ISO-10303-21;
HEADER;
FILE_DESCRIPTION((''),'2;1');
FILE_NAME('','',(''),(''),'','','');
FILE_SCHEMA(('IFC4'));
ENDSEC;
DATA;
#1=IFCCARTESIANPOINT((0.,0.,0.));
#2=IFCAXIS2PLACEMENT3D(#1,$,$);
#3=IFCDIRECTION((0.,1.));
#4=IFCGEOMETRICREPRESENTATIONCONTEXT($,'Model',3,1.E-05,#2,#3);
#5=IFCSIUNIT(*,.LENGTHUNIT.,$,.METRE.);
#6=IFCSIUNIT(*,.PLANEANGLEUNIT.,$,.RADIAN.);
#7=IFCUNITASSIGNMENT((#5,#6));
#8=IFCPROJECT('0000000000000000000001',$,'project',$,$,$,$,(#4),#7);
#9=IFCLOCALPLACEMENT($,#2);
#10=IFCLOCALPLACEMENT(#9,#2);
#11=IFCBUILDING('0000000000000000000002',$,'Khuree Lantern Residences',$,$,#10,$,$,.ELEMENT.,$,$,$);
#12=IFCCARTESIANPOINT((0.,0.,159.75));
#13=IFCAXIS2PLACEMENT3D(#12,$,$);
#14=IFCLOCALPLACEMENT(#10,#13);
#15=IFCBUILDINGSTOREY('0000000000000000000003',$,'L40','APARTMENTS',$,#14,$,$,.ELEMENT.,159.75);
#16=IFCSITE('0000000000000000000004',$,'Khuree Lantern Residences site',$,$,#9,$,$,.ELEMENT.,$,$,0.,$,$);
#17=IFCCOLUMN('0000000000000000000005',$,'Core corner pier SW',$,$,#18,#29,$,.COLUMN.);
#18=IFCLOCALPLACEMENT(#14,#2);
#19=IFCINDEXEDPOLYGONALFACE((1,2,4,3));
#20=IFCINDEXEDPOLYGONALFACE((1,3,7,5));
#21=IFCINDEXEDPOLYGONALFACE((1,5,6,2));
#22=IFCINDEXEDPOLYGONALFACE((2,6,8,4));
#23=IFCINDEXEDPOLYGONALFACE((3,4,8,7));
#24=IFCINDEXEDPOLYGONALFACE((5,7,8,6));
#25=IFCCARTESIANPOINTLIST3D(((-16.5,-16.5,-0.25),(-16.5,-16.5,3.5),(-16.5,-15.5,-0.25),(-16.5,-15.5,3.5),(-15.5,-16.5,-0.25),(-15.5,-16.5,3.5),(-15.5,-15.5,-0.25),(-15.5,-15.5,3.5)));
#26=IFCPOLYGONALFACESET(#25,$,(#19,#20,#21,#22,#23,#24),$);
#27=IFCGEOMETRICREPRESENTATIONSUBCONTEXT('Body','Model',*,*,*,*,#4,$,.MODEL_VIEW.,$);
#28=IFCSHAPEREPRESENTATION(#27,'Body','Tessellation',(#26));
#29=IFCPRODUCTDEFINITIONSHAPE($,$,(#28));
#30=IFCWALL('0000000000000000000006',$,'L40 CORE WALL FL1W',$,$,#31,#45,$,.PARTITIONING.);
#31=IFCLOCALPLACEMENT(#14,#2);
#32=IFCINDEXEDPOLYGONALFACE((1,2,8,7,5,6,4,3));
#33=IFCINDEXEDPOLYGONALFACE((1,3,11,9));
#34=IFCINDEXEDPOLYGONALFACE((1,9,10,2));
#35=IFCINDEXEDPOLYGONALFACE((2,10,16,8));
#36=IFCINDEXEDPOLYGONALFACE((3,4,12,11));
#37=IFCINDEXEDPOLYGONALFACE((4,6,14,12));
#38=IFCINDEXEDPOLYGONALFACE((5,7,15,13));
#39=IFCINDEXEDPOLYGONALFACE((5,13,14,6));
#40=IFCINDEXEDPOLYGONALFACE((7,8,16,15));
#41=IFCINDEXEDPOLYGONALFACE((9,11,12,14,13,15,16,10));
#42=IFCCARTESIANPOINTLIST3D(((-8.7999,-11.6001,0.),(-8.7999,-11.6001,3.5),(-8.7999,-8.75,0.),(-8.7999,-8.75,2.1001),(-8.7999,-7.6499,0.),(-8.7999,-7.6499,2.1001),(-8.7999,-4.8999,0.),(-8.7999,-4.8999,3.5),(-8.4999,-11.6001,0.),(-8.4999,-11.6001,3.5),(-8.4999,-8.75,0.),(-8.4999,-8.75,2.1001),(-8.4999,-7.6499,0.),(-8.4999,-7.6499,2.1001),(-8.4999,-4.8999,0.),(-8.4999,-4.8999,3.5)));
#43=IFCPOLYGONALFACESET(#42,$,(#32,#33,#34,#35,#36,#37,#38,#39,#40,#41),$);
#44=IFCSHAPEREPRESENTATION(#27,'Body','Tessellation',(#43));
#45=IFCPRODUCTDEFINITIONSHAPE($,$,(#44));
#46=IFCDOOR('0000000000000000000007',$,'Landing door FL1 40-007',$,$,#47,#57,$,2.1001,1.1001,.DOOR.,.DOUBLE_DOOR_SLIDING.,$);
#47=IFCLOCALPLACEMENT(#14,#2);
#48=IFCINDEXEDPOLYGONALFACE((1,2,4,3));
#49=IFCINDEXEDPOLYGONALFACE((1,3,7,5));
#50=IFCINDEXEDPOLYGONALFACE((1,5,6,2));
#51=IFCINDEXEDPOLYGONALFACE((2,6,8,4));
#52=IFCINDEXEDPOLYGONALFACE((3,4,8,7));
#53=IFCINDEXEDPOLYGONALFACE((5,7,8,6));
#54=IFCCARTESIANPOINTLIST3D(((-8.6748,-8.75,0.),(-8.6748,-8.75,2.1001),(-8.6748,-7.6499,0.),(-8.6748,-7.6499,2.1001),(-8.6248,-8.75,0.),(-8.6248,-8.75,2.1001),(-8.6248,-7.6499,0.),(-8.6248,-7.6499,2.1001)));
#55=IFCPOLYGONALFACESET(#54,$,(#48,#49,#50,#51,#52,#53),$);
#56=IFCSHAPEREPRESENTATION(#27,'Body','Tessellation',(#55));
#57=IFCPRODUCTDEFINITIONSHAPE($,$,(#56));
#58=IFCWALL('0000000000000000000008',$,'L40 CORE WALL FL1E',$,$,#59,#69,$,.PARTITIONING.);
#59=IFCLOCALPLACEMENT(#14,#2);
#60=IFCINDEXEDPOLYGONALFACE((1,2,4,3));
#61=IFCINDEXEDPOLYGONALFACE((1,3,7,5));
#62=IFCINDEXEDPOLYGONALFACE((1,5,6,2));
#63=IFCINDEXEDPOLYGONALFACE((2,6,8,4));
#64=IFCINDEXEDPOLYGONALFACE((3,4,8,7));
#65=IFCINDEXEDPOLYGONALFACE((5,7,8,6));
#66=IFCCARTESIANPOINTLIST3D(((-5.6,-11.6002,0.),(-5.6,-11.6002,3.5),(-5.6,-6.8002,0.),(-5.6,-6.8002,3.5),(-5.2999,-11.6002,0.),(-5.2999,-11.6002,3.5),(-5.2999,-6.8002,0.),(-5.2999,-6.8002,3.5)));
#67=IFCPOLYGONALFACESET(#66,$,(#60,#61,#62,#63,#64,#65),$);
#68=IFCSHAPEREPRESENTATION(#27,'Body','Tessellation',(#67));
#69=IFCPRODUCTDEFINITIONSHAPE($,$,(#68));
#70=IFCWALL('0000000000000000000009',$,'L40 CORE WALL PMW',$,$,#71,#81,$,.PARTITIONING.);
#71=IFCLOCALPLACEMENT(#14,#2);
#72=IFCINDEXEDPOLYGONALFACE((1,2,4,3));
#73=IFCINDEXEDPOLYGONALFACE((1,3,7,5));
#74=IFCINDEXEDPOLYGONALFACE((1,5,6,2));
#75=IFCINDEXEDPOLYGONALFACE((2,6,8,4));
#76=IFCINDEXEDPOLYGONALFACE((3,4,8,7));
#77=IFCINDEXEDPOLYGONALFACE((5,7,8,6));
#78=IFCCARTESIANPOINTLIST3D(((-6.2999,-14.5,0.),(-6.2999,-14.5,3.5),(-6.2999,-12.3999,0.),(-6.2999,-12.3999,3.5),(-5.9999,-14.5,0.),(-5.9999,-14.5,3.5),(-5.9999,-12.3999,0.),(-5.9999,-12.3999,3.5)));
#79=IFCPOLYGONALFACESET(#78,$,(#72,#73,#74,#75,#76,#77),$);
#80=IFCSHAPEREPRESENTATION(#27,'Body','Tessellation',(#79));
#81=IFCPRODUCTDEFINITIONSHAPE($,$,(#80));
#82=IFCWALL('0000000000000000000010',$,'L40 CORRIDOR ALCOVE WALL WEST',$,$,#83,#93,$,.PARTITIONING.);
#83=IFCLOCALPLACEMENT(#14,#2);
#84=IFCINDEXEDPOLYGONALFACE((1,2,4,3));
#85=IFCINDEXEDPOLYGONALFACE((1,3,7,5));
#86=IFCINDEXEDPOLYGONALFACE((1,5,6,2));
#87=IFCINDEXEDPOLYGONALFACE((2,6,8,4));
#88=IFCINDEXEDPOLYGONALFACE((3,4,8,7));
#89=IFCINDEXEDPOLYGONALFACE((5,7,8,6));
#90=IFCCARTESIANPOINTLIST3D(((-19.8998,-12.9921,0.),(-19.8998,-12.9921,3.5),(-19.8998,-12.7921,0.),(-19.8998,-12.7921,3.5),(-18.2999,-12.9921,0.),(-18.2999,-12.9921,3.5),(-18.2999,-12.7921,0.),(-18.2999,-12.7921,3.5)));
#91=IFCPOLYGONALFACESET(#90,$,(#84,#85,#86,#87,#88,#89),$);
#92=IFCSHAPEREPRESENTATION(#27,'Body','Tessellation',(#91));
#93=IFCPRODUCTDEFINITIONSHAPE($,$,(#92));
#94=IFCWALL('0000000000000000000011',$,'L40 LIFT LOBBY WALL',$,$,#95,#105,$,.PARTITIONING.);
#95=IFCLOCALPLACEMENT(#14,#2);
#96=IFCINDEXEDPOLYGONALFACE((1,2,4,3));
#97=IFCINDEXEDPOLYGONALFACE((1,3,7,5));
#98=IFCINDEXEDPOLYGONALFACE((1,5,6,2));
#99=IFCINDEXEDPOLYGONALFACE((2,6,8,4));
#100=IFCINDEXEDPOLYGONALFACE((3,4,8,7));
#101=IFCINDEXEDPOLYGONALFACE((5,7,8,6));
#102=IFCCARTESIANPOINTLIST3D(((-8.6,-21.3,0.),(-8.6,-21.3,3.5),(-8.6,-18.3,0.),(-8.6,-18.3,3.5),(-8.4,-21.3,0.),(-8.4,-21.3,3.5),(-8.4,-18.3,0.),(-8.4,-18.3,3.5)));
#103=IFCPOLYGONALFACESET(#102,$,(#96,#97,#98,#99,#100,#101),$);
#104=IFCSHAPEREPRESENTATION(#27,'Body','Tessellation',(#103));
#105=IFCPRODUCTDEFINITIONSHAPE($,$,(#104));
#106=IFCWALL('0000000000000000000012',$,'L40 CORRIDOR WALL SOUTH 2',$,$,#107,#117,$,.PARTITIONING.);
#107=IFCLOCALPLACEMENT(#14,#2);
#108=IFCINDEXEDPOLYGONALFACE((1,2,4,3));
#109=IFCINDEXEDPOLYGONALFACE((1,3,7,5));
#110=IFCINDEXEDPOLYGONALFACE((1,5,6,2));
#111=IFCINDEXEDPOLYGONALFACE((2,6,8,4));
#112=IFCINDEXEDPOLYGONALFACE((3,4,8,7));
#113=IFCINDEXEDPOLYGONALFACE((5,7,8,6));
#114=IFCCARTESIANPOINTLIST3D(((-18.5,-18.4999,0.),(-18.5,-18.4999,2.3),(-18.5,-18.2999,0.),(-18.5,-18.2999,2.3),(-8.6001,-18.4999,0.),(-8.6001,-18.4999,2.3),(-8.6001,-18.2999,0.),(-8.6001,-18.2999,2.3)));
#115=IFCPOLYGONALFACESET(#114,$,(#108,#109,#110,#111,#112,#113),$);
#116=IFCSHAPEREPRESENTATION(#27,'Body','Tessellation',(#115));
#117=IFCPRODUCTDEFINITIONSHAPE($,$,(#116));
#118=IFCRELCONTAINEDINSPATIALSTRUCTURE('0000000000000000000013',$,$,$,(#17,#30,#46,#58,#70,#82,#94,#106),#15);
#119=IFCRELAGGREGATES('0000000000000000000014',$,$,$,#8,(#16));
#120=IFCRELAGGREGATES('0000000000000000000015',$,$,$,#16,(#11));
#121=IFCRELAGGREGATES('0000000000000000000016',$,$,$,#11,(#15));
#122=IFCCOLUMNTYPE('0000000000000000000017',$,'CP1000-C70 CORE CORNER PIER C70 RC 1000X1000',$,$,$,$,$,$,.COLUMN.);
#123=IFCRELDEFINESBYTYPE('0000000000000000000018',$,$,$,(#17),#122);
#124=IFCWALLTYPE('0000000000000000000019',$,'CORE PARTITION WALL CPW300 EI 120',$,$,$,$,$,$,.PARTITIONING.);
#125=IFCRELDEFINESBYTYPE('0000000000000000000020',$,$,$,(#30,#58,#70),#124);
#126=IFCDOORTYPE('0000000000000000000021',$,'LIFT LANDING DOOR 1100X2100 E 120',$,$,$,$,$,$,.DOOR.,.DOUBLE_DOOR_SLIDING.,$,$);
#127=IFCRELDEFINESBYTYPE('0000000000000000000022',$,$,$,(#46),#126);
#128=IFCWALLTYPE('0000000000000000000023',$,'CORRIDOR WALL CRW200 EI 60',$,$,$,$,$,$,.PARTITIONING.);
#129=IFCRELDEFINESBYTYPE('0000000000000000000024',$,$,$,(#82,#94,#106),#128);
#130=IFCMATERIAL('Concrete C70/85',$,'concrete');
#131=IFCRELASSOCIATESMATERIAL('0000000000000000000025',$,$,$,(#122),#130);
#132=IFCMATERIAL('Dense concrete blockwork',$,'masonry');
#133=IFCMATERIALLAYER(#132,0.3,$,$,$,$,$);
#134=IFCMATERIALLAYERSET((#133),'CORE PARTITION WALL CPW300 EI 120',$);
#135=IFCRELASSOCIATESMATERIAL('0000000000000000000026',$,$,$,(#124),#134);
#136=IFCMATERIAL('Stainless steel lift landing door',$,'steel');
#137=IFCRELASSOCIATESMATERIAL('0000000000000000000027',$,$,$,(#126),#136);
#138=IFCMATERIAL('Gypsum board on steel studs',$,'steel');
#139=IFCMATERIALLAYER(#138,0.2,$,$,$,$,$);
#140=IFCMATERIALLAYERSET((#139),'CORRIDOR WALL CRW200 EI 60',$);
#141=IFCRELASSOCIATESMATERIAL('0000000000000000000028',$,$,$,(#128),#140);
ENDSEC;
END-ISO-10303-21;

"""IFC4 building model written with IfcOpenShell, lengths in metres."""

from ifc_helpers import new_model, si_unit, direction, frame, frame_2d, origin, origin_2d, place, context, subcontext, project, spatial, rectangle, extrude, material, layer, layer_set, material_profile, profile_set, type_object, element, fill, save


model = new_model("IFC4")

# Units and contexts
model_context = context("Model", 3, precision=1e-05, world=origin(), true_north=direction((0.0, 1.0)))
body_context = subcontext(model_context, "Body", "Model", "MODEL_VIEW")
ifc_project = project(units=[si_unit("LENGTHUNIT", "METRE"), si_unit("PLANEANGLEUNIT", "RADIAN")], contexts=[model_context])

# Site, building, storey
site_placement = place(None, origin())
site = spatial("IfcSite", under=ifc_project, at=site_placement, Name="Khuree Lantern Residences site", CompositionType="ELEMENT", RefElevation=0.0)
building_placement = place(site_placement, origin())
building = spatial("IfcBuilding", under=site, at=building_placement, Name="Khuree Lantern Residences", CompositionType="ELEMENT")
storey_placement = place(building_placement, frame((0.0, 0.0, 159.75)))
storey = spatial("IfcBuildingStorey", under=building, at=storey_placement, Name="L40", Description="APARTMENTS", CompositionType="ELEMENT", Elevation=159.75)

# Column
ifc_material_1 = material(Name="Concrete C70/85", Category="concrete")
ifc_material_profile = material_profile(ifc_material_1, rectangle(XDim=1.0, YDim=1.0, at=origin_2d()), Name="RC 1000X1000")
ifc_profile_set = profile_set([ifc_material_profile], Name="Concrete C70/85")
column_type = type_object("IfcColumnType", Name="CP1000-C70 CORE CORNER PIER C70 RC 1000X1000", PredefinedType="COLUMN", material=ifc_profile_set)
column_placement = place(storey_placement, frame((-16.0, -16.0, -0.25), z_axis=(0.0, 0.0, 1.0), x_axis=(1.0, 0.0, 0.0)))
element("IfcColumn", 1, at=column_placement, inside=storey, type_object=column_type, Name="Core corner pier SW", PredefinedType="COLUMN", context=body_context, shape_type="SweptSolid", body=[
    extrude(rectangle(XDim=1.0, YDim=1.0, at=origin_2d()), origin(), (0.0, 0.0, 1.0), 3.75),
])

# Wall, opening, door
ifc_material_2 = material(Name="Dense concrete blockwork", Category="masonry")
ifc_layer_1 = layer(ifc_material_2, 0.3)
ifc_layer_set_1 = layer_set([ifc_layer_1], Name="CORE PARTITION WALL CPW300 EI 120")
wall_type_1 = type_object("IfcWallType", Name="CORE PARTITION WALL CPW300 EI 120", PredefinedType="PARTITIONING", material=ifc_layer_set_1)
wall_1_placement = place(storey_placement, frame((-8.6499, -11.6001, 0.0), z_axis=(0.0, 0.0, 1.0), x_axis=(0.0, 1.0, 0.0)))
wall_1 = element("IfcWall", 2, at=wall_1_placement, inside=storey, type_object=wall_type_1, Name="L40 CORE WALL FL1W", PredefinedType="PARTITIONING", context=body_context, shape_type="SweptSolid", body=[
    extrude(rectangle(XDim=6.7002, YDim=0.3, at=frame_2d((3.3501, 0.0))), origin(), (0.0, 0.0, 1.0), 3.5),
])
opening_1_placement = place(wall_1_placement, frame((2.8501, 0.0, 0.0)))
opening_1 = element("IfcOpeningElement", 3, at=opening_1_placement, cuts=wall_1, PredefinedType="OPENING", context=body_context, shape_type="SweptSolid", body=[
    extrude(rectangle(XDim=1.1001, YDim=2.1001, at=frame_2d((0.55, 1.05))), frame((0.0, 0.1602, 0.0), z_axis=(0.0, -1.0, 0.0), x_axis=(1.0, 0.0, 0.0)), (0.0, 0.0, 1.0), 0.3201),
])
ifc_material_3 = material(Name="Stainless steel lift landing door", Category="steel")
door_type_1 = type_object("IfcDoorType", Name="LIFT LANDING DOOR 1100X2100 E 120", OperationType="DOUBLE_DOOR_SLIDING", PredefinedType="DOOR", material=ifc_material_3)
door_1_placement = place(opening_1_placement, origin())
door_1 = element("IfcDoor", 4, at=door_1_placement, inside=storey, type_object=door_type_1, Name="Landing door FL1 40-007", OperationType="DOUBLE_DOOR_SLIDING", OverallHeight=2.1001, OverallWidth=1.1001, PredefinedType="DOOR", context=body_context, shape_type="SweptSolid", body=[
    extrude(rectangle(XDim=1.1001, YDim=2.1001, at=frame_2d((0.55, 1.05))), frame((0.0, 0.0249, 0.0), z_axis=(0.0, -1.0, 0.0), x_axis=(1.0, 0.0, 0.0)), (0.0, 0.0, 1.0), 0.05),
])
fill(opening_1, door_1)

# Walls
wall_2_placement = place(storey_placement, frame((-5.45, -11.6001, 0.0), z_axis=(0.0, 0.0, 1.0), x_axis=(0.0, 1.0, 0.0)))
element("IfcWall", 5, at=wall_2_placement, inside=storey, type_object=wall_type_1, Name="L40 CORE WALL FL1E", PredefinedType="PARTITIONING", context=body_context, shape_type="SweptSolid", body=[
    extrude(rectangle(XDim=4.8, YDim=0.3, at=frame_2d((2.3999, 0.0))), origin(), (0.0, 0.0, 1.0), 3.5),
])
wall_3_placement = place(storey_placement, frame((-6.1499, -14.5, 0.0), z_axis=(0.0, 0.0, 1.0), x_axis=(0.0, 1.0, 0.0)))
element("IfcWall", 6, at=wall_3_placement, inside=storey, type_object=wall_type_1, Name="L40 CORE WALL PMW", PredefinedType="PARTITIONING", context=body_context, shape_type="SweptSolid", body=[
    extrude(rectangle(XDim=2.1001, YDim=0.3, at=frame_2d((1.05, 0.0))), origin(), (0.0, 0.0, 1.0), 3.5),
])
ifc_material_4 = material(Name="Gypsum board on steel studs", Category="steel")
ifc_layer_2 = layer(ifc_material_4, 0.2)
ifc_layer_set_2 = layer_set([ifc_layer_2], Name="CORRIDOR WALL CRW200 EI 60")
wall_type_2 = type_object("IfcWallType", Name="CORRIDOR WALL CRW200 EI 60", PredefinedType="PARTITIONING", material=ifc_layer_set_2)
wall_4_placement = place(storey_placement, frame((-18.3, -12.8921, 0.0), z_axis=(0.0, 0.0, 1.0), x_axis=(-1.0, 0.0, 0.0)))
element("IfcWall", 7, at=wall_4_placement, inside=storey, type_object=wall_type_2, Name="L40 CORRIDOR ALCOVE WALL WEST", PredefinedType="PARTITIONING", context=body_context, shape_type="SweptSolid", body=[
    extrude(rectangle(XDim=1.5999, YDim=0.2, at=frame_2d((0.7998, 0.0))), origin(), (0.0, 0.0, 1.0), 3.5),
])
wall_5_placement = place(storey_placement, frame((-8.5, -18.3, 0.0), z_axis=(0.0, 0.0, 1.0), x_axis=(0.0, -1.0, 0.0)))
element("IfcWall", 8, at=wall_5_placement, inside=storey, type_object=wall_type_2, Name="L40 LIFT LOBBY WALL", PredefinedType="PARTITIONING", context=body_context, shape_type="SweptSolid", body=[
    extrude(rectangle(XDim=3.0, YDim=0.2, at=frame_2d((1.5, 0.0))), origin(), (0.0, 0.0, 1.0), 3.5),
])
wall_6_placement = place(storey_placement, frame((-8.6001, -18.3999, 0.0), z_axis=(0.0, 0.0, 1.0), x_axis=(-1.0, 0.0, 0.0)))
element("IfcWall", 9, at=wall_6_placement, inside=storey, type_object=wall_type_2, Name="L40 CORRIDOR WALL SOUTH 2", PredefinedType="PARTITIONING", context=body_context, shape_type="SweptSolid", body=[
    extrude(rectangle(XDim=9.8999, YDim=0.2, at=frame_2d((4.95, 0.0))), origin(), (0.0, 0.0, 1.0), 2.3),
])

save(model, "model.ifc")
